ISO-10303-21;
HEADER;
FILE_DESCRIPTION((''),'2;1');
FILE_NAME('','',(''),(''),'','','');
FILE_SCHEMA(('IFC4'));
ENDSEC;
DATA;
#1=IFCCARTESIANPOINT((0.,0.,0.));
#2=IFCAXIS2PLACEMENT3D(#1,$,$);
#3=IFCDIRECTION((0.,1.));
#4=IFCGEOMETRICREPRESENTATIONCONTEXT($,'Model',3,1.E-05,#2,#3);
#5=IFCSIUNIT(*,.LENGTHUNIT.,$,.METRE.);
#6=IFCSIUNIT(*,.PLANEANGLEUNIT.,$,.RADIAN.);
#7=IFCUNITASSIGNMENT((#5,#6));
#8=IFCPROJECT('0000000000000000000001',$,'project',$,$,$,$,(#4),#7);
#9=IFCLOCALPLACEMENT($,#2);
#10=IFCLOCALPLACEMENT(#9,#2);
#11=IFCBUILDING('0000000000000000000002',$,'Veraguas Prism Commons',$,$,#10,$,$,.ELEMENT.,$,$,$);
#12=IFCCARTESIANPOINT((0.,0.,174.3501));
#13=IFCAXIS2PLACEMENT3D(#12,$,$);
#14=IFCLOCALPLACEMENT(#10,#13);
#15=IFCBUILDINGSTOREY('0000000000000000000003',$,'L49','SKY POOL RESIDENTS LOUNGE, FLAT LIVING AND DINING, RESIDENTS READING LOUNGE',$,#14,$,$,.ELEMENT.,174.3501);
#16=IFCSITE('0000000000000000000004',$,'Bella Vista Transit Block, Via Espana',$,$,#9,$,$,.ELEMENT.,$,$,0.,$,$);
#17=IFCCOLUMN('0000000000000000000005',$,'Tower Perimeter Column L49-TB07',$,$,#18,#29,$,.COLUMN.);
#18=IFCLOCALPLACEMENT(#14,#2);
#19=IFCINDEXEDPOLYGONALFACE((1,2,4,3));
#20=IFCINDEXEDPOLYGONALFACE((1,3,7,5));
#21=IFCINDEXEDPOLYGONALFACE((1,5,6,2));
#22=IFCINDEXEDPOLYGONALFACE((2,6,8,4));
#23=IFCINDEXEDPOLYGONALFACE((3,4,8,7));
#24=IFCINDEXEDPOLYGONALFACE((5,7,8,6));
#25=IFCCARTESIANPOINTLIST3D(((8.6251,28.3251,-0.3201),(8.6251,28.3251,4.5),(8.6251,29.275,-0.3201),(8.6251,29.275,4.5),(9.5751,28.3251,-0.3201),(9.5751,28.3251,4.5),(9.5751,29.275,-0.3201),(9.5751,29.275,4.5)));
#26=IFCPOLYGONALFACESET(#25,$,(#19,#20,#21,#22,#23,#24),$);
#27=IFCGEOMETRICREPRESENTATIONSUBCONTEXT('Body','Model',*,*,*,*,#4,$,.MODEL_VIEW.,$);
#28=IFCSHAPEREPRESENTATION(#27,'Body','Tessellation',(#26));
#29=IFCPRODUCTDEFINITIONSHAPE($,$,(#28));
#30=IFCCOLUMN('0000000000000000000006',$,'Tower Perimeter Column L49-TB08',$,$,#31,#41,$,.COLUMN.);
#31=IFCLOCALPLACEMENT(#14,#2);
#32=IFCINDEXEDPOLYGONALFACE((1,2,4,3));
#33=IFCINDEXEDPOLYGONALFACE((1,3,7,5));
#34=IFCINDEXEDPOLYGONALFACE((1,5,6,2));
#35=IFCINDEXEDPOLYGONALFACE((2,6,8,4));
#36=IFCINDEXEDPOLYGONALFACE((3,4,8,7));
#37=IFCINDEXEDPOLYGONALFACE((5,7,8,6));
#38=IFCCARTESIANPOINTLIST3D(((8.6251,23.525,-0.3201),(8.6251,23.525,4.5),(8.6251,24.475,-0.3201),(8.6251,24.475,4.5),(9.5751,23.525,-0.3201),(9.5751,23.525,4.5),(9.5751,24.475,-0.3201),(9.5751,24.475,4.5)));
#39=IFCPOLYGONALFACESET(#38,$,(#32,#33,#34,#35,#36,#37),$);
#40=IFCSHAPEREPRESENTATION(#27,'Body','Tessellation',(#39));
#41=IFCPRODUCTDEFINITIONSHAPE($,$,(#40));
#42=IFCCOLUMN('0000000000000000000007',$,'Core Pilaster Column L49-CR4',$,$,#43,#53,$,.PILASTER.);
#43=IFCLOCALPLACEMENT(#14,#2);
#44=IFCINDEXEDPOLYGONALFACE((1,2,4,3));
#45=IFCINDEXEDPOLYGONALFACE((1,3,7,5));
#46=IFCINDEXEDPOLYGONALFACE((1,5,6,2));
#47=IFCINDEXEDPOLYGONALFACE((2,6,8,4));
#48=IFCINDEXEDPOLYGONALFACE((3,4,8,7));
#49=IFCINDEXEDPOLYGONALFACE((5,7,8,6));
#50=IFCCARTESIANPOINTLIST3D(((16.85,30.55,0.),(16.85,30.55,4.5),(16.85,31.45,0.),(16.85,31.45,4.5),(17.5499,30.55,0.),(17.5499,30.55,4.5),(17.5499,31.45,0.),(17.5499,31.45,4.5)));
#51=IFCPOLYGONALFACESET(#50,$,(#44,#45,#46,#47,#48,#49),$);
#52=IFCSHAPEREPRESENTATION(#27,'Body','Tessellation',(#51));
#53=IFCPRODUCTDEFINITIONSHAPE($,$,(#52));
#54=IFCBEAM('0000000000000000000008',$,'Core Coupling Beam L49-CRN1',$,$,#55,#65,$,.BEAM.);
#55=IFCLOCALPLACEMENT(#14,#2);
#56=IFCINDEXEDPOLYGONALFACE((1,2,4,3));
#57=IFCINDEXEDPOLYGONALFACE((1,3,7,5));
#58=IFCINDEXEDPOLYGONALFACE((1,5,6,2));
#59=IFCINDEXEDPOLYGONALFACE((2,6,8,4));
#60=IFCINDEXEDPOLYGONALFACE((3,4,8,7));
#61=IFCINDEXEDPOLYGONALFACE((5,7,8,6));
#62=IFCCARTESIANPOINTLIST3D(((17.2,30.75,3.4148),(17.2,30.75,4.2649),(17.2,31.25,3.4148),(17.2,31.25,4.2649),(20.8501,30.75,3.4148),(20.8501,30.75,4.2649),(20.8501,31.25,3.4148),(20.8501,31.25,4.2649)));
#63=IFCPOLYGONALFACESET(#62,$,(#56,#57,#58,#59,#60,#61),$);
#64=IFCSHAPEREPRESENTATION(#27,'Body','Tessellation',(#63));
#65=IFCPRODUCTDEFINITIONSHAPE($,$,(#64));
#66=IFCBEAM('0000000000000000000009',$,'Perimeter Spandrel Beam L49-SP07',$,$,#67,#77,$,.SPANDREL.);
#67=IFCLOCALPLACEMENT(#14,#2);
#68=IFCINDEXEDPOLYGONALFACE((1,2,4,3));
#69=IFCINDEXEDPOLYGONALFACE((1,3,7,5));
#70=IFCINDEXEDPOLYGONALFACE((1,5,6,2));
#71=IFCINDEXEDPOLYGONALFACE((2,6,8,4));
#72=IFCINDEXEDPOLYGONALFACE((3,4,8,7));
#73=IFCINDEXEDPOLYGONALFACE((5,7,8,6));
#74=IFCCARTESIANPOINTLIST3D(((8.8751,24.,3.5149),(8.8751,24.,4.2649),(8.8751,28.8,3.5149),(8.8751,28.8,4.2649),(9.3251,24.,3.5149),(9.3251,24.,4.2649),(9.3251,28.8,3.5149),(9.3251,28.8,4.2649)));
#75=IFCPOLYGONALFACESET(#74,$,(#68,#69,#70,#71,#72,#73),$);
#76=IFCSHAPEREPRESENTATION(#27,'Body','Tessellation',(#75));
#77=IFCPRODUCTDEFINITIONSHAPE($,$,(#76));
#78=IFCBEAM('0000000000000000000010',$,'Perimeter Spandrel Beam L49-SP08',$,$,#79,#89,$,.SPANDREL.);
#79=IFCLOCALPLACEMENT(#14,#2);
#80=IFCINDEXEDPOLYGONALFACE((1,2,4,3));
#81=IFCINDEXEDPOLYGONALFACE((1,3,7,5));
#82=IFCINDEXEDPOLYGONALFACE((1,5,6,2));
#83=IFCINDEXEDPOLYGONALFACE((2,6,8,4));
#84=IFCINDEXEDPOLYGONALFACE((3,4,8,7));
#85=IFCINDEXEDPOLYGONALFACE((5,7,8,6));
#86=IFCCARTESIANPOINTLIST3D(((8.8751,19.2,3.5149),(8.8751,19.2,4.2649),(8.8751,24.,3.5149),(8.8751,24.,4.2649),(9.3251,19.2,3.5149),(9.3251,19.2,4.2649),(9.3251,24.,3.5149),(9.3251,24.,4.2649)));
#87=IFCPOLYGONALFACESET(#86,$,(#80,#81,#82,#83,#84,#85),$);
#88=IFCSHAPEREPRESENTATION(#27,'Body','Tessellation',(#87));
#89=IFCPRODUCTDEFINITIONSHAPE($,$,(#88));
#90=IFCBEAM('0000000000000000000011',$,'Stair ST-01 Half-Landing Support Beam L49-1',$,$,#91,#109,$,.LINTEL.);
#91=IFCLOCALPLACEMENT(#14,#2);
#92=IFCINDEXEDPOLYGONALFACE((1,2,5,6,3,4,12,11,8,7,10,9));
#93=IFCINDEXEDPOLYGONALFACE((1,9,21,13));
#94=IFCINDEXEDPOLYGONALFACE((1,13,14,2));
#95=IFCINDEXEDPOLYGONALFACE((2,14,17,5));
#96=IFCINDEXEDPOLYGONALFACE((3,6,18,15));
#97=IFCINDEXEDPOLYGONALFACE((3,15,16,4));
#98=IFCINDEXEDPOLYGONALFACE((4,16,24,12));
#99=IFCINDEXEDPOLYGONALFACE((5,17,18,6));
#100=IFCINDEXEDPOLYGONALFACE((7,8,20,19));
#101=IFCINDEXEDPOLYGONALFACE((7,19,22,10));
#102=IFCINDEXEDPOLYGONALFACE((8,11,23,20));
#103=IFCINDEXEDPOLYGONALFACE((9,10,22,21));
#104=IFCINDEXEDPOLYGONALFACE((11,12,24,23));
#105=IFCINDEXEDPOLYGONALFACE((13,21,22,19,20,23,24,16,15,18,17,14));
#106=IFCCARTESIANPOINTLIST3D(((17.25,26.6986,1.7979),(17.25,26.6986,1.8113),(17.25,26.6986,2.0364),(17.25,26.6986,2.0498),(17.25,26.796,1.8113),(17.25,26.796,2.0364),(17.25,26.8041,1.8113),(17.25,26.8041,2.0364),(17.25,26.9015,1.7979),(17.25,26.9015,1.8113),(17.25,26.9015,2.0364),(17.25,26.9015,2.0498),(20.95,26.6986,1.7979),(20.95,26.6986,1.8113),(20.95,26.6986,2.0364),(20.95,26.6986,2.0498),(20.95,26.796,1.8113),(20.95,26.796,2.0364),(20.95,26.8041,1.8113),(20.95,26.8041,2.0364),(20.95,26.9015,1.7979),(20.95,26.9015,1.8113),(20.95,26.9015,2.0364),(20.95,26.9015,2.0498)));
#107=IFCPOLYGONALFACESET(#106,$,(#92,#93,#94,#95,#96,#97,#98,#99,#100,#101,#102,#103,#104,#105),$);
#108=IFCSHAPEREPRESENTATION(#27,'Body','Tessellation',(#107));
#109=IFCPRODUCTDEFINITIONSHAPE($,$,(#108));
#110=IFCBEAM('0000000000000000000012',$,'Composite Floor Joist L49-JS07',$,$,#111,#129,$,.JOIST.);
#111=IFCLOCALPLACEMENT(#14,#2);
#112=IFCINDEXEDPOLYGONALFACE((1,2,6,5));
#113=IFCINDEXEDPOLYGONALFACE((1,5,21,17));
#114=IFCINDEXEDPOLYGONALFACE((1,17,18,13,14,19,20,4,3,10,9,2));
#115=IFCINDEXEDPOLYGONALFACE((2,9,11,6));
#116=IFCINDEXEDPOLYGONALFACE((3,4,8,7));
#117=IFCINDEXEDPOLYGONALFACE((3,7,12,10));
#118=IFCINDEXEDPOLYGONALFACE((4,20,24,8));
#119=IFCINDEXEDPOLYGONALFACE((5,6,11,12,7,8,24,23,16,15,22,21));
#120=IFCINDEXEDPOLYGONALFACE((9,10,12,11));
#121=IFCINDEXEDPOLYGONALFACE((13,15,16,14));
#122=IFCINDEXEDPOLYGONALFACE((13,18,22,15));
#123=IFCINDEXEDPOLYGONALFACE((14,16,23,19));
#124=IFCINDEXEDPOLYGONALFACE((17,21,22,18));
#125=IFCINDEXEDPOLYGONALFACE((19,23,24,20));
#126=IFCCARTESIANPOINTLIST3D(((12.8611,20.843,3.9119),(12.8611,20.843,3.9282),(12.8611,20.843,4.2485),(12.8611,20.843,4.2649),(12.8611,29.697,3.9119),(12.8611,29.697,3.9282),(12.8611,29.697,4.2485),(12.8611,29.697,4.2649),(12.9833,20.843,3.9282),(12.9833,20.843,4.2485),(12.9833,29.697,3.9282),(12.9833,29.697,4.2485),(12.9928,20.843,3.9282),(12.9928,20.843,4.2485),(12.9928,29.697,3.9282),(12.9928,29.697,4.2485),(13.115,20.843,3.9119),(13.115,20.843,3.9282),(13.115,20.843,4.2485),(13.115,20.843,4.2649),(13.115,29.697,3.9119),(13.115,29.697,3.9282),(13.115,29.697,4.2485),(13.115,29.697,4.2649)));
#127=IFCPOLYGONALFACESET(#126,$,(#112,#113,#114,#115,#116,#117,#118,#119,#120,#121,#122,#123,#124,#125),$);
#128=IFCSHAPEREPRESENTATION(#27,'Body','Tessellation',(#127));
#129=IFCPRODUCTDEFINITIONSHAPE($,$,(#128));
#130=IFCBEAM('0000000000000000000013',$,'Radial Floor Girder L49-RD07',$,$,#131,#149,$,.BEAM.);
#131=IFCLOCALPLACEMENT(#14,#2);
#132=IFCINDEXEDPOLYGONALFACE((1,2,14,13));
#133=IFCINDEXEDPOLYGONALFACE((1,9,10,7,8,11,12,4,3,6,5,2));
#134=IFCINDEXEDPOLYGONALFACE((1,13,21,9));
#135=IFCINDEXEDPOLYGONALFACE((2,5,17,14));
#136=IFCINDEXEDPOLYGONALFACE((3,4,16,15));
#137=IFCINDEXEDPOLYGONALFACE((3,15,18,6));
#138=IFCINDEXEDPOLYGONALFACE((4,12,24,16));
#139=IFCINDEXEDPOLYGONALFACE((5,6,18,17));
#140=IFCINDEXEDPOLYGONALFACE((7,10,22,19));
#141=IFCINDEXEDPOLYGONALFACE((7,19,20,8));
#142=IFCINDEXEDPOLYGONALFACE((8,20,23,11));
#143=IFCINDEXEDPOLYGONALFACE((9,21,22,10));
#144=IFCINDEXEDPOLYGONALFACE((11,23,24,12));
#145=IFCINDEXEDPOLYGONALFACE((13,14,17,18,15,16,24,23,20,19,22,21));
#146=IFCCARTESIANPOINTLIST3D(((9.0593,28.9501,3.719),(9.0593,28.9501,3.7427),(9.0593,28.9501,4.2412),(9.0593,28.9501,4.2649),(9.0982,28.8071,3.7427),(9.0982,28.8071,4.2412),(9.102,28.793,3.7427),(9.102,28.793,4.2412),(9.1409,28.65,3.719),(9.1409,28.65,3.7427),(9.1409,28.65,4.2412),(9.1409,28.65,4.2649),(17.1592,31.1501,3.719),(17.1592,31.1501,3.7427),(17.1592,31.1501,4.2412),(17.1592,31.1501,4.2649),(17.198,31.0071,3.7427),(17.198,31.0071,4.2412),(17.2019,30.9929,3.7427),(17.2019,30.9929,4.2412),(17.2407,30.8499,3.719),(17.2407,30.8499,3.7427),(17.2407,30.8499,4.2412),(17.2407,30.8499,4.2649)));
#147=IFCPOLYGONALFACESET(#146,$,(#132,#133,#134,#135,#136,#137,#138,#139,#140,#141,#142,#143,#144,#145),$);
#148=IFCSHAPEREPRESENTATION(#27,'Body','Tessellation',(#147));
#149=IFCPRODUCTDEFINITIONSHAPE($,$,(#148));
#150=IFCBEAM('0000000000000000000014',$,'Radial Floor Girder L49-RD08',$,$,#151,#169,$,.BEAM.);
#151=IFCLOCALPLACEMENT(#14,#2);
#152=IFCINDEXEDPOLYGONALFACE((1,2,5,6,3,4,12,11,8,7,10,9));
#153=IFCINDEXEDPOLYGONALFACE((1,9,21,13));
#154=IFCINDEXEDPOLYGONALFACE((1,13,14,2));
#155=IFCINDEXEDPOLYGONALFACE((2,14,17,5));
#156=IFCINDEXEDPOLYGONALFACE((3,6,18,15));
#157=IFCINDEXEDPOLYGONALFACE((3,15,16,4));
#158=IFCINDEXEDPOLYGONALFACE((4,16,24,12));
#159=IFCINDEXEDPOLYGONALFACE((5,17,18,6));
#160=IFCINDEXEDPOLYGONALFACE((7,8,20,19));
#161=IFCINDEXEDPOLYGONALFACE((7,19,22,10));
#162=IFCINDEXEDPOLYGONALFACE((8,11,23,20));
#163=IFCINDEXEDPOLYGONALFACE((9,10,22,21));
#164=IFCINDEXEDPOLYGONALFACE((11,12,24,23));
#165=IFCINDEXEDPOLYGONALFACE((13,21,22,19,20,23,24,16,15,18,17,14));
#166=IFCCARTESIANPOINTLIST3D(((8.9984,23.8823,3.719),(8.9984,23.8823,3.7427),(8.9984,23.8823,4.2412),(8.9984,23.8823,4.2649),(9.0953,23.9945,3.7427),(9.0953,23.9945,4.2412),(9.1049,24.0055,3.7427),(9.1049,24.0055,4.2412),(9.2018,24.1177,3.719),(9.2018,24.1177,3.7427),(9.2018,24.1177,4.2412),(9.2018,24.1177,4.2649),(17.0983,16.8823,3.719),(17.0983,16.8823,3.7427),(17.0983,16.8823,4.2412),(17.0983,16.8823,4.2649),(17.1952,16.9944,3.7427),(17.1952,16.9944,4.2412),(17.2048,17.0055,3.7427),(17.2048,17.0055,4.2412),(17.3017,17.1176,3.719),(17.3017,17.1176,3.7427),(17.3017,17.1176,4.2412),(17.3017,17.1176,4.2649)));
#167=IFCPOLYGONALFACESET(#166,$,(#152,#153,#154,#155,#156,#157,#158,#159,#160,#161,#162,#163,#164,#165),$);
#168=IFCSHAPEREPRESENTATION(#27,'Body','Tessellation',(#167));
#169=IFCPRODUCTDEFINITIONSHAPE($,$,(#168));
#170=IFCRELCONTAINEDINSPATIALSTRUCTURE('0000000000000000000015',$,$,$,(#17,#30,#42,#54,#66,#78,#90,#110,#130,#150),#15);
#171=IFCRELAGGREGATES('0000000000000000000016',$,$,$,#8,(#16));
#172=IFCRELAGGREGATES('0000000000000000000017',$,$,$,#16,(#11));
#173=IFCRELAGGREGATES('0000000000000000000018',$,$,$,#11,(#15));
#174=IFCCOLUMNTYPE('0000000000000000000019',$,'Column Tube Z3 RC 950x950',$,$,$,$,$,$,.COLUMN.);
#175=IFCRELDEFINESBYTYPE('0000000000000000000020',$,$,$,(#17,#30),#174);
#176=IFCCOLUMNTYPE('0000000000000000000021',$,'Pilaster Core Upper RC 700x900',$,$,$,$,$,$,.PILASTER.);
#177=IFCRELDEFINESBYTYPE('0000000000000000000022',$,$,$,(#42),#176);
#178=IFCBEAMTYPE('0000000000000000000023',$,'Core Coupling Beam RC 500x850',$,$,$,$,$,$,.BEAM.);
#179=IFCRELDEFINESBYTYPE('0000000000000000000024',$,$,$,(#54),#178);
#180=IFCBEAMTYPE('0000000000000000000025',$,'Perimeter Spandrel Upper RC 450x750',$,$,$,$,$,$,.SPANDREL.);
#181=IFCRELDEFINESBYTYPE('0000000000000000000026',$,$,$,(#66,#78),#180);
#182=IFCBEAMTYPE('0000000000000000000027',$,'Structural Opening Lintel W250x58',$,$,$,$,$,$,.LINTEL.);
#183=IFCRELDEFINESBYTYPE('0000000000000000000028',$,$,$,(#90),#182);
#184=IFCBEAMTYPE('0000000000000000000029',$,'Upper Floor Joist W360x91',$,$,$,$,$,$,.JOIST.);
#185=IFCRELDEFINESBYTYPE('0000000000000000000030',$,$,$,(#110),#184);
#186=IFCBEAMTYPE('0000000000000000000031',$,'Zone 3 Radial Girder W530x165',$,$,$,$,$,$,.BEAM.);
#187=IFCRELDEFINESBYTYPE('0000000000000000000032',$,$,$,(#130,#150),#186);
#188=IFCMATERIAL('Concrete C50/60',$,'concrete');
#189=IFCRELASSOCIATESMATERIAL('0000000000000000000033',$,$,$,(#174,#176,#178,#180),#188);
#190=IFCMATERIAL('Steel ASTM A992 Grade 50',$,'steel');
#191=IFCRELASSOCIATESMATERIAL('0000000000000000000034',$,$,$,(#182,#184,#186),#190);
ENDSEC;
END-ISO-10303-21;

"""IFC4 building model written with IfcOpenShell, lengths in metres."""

from ifc_helpers import new_model, si_unit, direction, frame, origin, origin_2d, place, context, subcontext, project, spatial, rectangle, i_section, extrude, material, material_profile, profile_set, type_object, element, save


model = new_model("IFC4")

# Units and contexts
model_context = context("Model", 3, precision=1e-05, world=origin(), true_north=direction((0.0, 1.0)))
body_context = subcontext(model_context, "Body", "Model", "MODEL_VIEW")
ifc_project = project(units=[si_unit("LENGTHUNIT", "METRE"), si_unit("PLANEANGLEUNIT", "RADIAN")], contexts=[model_context])

# Site, building, storey
site_placement = place(None, origin())
site = spatial("IfcSite", under=ifc_project, at=site_placement, Name="Bella Vista Transit Block, Via Espana", CompositionType="ELEMENT", RefElevation=0.0)
building_placement = place(site_placement, origin())
building = spatial("IfcBuilding", under=site, at=building_placement, Name="Veraguas Prism Commons", CompositionType="ELEMENT")
storey_placement = place(building_placement, frame((0.0, 0.0, 174.3501)))
storey = spatial("IfcBuildingStorey", under=building, at=storey_placement, Name="L49", Description="SKY POOL RESIDENTS LOUNGE, FLAT LIVING AND DINING, RESIDENTS READING LOUNGE", CompositionType="ELEMENT", Elevation=174.3501)

# Columns
ifc_material_1 = material(Name="Concrete C50/60", Category="concrete")
ifc_material_profile_1 = material_profile(ifc_material_1, rectangle(XDim=0.95, YDim=0.95, at=origin_2d()), Name="RC950X950")
ifc_profile_set_1 = profile_set([ifc_material_profile_1], Name="Concrete C50/60")
column_type_1 = type_object("IfcColumnType", Name="Column Tube Z3 RC 950x950", PredefinedType="COLUMN", material=ifc_profile_set_1)
for number, where, z_axis, x_axis, name in (
    (1, (9.1001, 28.8, -0.3201), (0.0, 0.0, 1.0), (1.0, 0.0, 0.0), "Tower Perimeter Column L49-TB07"),
    (2, (9.1001, 24.0, -0.3201), (0.0, 0.0, 1.0), (1.0, 0.0, 0.0), "Tower Perimeter Column L49-TB08"),
):
    element("IfcColumn", number, at=place(storey_placement, frame(where, z_axis=z_axis, x_axis=x_axis)), inside=storey, type_object=column_type_1, Name=name, PredefinedType="COLUMN", context=body_context, shape_type="SweptSolid", body=[
        extrude(rectangle(XDim=0.95, YDim=0.95, at=origin_2d()), origin(), (0.0, 0.0, 1.0), 4.8201),
    ])
ifc_material_profile_2 = material_profile(ifc_material_1, rectangle(XDim=0.7, YDim=0.8999, at=origin_2d()), Name="RC700X900")
ifc_profile_set_2 = profile_set([ifc_material_profile_2], Name="Concrete C50/60")
column_type_2 = type_object("IfcColumnType", Name="Pilaster Core Upper RC 700x900", PredefinedType="PILASTER", material=ifc_profile_set_2)
column_placement = place(storey_placement, frame((17.2, 31.0, 0.0), z_axis=(0.0, 0.0, 1.0), x_axis=(1.0, 0.0, 0.0)))
element("IfcColumn", 3, at=column_placement, inside=storey, type_object=column_type_2, Name="Core Pilaster Column L49-CR4", PredefinedType="PILASTER", context=body_context, shape_type="SweptSolid", body=[
    extrude(rectangle(XDim=0.7, YDim=0.8999, at=origin_2d()), origin(), (0.0, 0.0, 1.0), 4.5),
])

# Beams
ifc_material_profile_3 = material_profile(ifc_material_1, rectangle(XDim=0.5, YDim=0.8501, at=origin_2d()), Name="RC500X850")
ifc_profile_set_3 = profile_set([ifc_material_profile_3], Name="Concrete C50/60")
beam_type_1 = type_object("IfcBeamType", Name="Core Coupling Beam RC 500x850", PredefinedType="BEAM", material=ifc_profile_set_3)
beam_1_placement = place(storey_placement, frame((17.2, 31.0, 3.8398), z_axis=(1.0, 0.0, 0.0), x_axis=(0.0, 1.0, 0.0)))
element("IfcBeam", 4, at=beam_1_placement, inside=storey, type_object=beam_type_1, Name="Core Coupling Beam L49-CRN1", PredefinedType="BEAM", context=body_context, shape_type="SweptSolid", body=[
    extrude(rectangle(XDim=0.5, YDim=0.8501, at=origin_2d()), origin(), (0.0, 0.0, 1.0), 3.6501),
])
ifc_material_profile_4 = material_profile(ifc_material_1, rectangle(XDim=0.45, YDim=0.75, at=origin_2d()), Name="RC450X750")
ifc_profile_set_4 = profile_set([ifc_material_profile_4], Name="Concrete C50/60")
beam_type_2 = type_object("IfcBeamType", Name="Perimeter Spandrel Upper RC 450x750", PredefinedType="SPANDREL", material=ifc_profile_set_4)
for number, where, z_axis, x_axis, name in (
    (5, (9.1001, 28.8, 3.8899), (0.0, -1.0, 0.0), (1.0, 0.0, 0.0), "Perimeter Spandrel Beam L49-SP07"),
    (6, (9.1001, 24.0, 3.8899), (0.0, -1.0, 0.0), (1.0, 0.0, 0.0), "Perimeter Spandrel Beam L49-SP08"),
):
    element("IfcBeam", number, at=place(storey_placement, frame(where, z_axis=z_axis, x_axis=x_axis)), inside=storey, type_object=beam_type_2, Name=name, PredefinedType="SPANDREL", context=body_context, shape_type="SweptSolid", body=[
        extrude(rectangle(XDim=0.45, YDim=0.75, at=origin_2d()), origin(), (0.0, 0.0, 1.0), 4.8),
    ])
ifc_material_2 = material(Name="Steel ASTM A992 Grade 50", Category="steel")
ifc_material_profile_5 = material_profile(ifc_material_2, i_section(OverallWidth=0.2029, OverallDepth=0.252, WebThickness=0.0081, FlangeThickness=0.0134, at=origin_2d()), Name="W250X58")
ifc_profile_set_5 = profile_set([ifc_material_profile_5], Name="Steel ASTM A992 Grade 50")
beam_type_3 = type_object("IfcBeamType", Name="Structural Opening Lintel W250x58", PredefinedType="LINTEL", material=ifc_profile_set_5)
beam_2_placement = place(storey_placement, frame((17.25, 26.8, 1.9238), z_axis=(1.0, 0.0, 0.0), x_axis=(0.0, 1.0, 0.0)))
element("IfcBeam", 7, at=beam_2_placement, inside=storey, type_object=beam_type_3, Name="Stair ST-01 Half-Landing Support Beam L49-1", PredefinedType="LINTEL", context=body_context, shape_type="SweptSolid", body=[
    extrude(i_section(OverallWidth=0.2029, OverallDepth=0.252, WebThickness=0.0081, FlangeThickness=0.0134, at=origin_2d()), origin(), (0.0, 0.0, 1.0), 3.7),
])
ifc_material_profile_6 = material_profile(ifc_material_2, i_section(OverallWidth=0.2539, OverallDepth=0.353, WebThickness=0.0095, FlangeThickness=0.0164, at=origin_2d()), Name="W360X91")
ifc_profile_set_6 = profile_set([ifc_material_profile_6], Name="Steel ASTM A992 Grade 50")
beam_type_4 = type_object("IfcBeamType", Name="Upper Floor Joist W360x91", PredefinedType="JOIST", material=ifc_profile_set_6)
beam_3_placement = place(storey_placement, frame((12.988, 29.697, 4.0884), z_axis=(0.0, -1.0, 0.0), x_axis=(1.0, 0.0, 0.0)))
element("IfcBeam", 8, at=beam_3_placement, inside=storey, type_object=beam_type_4, Name="Composite Floor Joist L49-JS07", PredefinedType="JOIST", context=body_context, shape_type="SweptSolid", body=[
    extrude(i_section(OverallWidth=0.2539, OverallDepth=0.353, WebThickness=0.0095, FlangeThickness=0.0164, at=origin_2d()), origin(), (0.0, 0.0, 1.0), 8.854),
])
ifc_material_profile_7 = material_profile(ifc_material_2, i_section(OverallWidth=0.311, OverallDepth=0.5459, WebThickness=0.0146, FlangeThickness=0.0237, at=origin_2d()), Name="W530X165")
ifc_profile_set_7 = profile_set([ifc_material_profile_7], Name="Steel ASTM A992 Grade 50")
beam_type_5 = type_object("IfcBeamType", Name="Zone 3 Radial Girder W530x165", PredefinedType="BEAM", material=ifc_profile_set_7)
beam_4_placement = place(storey_placement, frame((9.1001, 28.8, 3.9919), z_axis=(0.965039, 0.262108, 0.0), x_axis=(-0.262108, 0.965039, 0.0)))
element("IfcBeam", 9, at=beam_4_placement, inside=storey, type_object=beam_type_5, Name="Radial Floor Girder L49-RD07", PredefinedType="BEAM", context=body_context, shape_type="SweptSolid", body=[
    extrude(i_section(OverallWidth=0.311, OverallDepth=0.5459, WebThickness=0.0146, FlangeThickness=0.0237, at=origin_2d()), origin(), (0.0, 0.0, 1.0), 8.3933),
])
beam_5_placement = place(storey_placement, frame((9.1001, 24.0, 3.9919), z_axis=(0.756607, -0.65387, 0.0), x_axis=(0.65387, 0.756607, 0.0)))
element("IfcBeam", 10, at=beam_5_placement, inside=storey, type_object=beam_type_5, Name="Radial Floor Girder L49-RD08", PredefinedType="BEAM", context=body_context, shape_type="SweptSolid", body=[
    extrude(i_section(OverallWidth=0.311, OverallDepth=0.5459, WebThickness=0.0146, FlangeThickness=0.0237, at=origin_2d()), origin(), (0.0, 0.0, 1.0), 10.7056),
])

save(model, "model.ifc")
